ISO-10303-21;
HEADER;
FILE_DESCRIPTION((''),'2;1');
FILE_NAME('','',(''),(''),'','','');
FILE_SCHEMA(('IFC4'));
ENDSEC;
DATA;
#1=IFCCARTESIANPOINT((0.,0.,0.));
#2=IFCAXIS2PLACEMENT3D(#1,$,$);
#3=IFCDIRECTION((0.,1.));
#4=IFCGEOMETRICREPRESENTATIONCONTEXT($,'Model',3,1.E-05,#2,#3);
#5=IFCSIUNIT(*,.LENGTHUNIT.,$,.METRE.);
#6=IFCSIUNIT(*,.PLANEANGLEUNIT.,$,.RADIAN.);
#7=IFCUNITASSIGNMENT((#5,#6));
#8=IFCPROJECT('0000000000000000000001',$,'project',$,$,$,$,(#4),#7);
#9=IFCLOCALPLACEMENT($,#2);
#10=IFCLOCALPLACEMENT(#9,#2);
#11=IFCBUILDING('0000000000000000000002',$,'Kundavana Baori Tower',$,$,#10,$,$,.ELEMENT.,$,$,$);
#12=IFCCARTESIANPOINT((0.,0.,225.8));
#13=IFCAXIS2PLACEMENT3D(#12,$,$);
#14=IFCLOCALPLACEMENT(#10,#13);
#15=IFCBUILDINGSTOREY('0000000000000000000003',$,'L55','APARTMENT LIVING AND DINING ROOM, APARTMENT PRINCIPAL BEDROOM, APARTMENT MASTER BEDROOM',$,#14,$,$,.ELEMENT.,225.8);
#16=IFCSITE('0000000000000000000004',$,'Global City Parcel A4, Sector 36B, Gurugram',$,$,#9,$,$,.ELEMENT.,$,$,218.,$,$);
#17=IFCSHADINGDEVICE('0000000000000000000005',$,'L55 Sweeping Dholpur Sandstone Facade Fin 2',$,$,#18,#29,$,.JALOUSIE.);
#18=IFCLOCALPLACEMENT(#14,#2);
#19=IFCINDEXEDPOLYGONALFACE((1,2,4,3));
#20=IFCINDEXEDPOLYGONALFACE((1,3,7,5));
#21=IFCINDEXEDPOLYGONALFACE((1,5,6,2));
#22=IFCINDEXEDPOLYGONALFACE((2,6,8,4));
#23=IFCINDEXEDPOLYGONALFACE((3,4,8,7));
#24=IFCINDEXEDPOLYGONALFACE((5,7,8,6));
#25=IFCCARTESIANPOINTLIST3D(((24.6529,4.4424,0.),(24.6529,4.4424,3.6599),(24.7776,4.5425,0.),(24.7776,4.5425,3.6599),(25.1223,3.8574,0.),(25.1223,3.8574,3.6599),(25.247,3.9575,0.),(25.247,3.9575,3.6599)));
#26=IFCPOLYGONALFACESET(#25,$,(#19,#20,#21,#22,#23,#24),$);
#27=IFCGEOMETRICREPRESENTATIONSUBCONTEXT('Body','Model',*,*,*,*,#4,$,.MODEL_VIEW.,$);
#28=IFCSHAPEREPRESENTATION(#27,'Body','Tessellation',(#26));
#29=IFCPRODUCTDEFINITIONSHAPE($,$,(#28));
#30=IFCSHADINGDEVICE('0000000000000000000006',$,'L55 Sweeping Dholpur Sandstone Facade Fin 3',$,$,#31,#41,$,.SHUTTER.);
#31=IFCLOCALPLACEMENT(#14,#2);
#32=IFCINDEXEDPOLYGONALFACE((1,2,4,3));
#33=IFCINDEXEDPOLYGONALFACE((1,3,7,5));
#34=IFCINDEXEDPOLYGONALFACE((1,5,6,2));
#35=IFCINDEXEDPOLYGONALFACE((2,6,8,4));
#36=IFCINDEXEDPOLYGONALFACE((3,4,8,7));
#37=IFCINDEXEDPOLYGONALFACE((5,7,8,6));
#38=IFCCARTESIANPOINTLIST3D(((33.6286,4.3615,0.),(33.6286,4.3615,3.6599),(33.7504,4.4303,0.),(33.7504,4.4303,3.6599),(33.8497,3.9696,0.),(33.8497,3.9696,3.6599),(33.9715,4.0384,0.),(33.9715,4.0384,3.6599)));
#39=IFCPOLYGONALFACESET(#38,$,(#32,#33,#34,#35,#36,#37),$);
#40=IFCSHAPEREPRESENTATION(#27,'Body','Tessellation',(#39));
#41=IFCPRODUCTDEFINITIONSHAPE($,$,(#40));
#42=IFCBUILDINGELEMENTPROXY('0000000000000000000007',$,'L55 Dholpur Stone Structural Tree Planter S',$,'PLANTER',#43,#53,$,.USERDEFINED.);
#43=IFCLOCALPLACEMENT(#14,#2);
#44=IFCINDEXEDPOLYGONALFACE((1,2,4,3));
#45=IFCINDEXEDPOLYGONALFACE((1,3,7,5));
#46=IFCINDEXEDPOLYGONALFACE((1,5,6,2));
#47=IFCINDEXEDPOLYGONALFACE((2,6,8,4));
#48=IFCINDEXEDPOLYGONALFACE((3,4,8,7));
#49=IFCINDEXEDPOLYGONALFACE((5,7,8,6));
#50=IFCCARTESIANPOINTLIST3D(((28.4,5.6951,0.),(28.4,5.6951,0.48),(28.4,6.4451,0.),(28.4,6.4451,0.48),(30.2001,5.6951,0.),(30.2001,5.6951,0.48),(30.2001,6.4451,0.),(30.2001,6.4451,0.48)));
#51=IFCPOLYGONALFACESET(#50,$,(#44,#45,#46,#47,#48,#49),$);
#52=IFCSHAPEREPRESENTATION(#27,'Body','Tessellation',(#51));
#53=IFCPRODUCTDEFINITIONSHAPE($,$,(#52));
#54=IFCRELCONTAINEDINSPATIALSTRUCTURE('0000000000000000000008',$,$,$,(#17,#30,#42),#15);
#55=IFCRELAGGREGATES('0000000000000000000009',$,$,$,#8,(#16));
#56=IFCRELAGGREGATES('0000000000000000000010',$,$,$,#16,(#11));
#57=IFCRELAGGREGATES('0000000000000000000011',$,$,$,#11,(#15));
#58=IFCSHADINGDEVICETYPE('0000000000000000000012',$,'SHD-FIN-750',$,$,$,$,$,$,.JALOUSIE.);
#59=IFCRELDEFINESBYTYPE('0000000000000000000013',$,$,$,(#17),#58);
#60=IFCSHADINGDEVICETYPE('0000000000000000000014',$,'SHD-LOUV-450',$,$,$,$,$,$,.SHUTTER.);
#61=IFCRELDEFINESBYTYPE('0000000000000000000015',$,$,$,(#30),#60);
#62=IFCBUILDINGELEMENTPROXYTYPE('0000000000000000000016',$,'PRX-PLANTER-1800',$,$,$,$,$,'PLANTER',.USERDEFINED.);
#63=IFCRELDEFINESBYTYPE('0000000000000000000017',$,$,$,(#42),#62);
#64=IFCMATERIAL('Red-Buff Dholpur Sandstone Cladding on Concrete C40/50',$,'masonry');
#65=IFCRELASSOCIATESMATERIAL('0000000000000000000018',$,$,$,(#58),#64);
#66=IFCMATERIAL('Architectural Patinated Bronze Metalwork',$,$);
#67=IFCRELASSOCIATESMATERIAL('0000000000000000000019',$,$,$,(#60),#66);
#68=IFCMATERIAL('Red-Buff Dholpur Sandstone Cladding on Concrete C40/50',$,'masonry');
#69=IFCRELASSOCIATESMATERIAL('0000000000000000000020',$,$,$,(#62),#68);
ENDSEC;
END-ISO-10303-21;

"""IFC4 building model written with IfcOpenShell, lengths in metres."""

from ifc_helpers import new_model, si_unit, direction, frame, origin, origin_2d, place, context, subcontext, project, spatial, rectangle, extrude, material, type_object, element, save


model = new_model("IFC4")

# Units and contexts
model_context = context("Model", 3, precision=1e-05, world=origin(), true_north=direction((0.0, 1.0)))
body_context = subcontext(model_context, "Body", "Model", "MODEL_VIEW")
ifc_project = project(units=[si_unit("LENGTHUNIT", "METRE"), si_unit("PLANEANGLEUNIT", "RADIAN")], contexts=[model_context])

# Site, building, storey
site_placement = place(None, origin())
site = spatial("IfcSite", under=ifc_project, at=site_placement, Name="Global City Parcel A4, Sector 36B, Gurugram", CompositionType="ELEMENT", RefElevation=218.0)
building_placement = place(site_placement, origin())
building = spatial("IfcBuilding", under=site, at=building_placement, Name="Kundavana Baori Tower", CompositionType="ELEMENT")
storey_placement = place(building_placement, frame((0.0, 0.0, 225.8)))
storey = spatial("IfcBuildingStorey", under=building, at=storey_placement, Name="L55", Description="APARTMENT LIVING AND DINING ROOM, APARTMENT PRINCIPAL BEDROOM, APARTMENT MASTER BEDROOM", CompositionType="ELEMENT", Elevation=225.8)

# Shading devices
ifc_material_1 = material(Name="Red-Buff Dholpur Sandstone Cladding on Concrete C40/50", Category="masonry")
shading_device_type_1 = type_object("IfcShadingDeviceType", Name="SHD-FIN-750", PredefinedType="JALOUSIE", material=ifc_material_1)
shading_device_1_placement = place(storey_placement, frame((24.95, 4.2, 0.0), z_axis=(0.0, 0.0, 1.0), x_axis=(0.779884, 0.625923, 0.0)))
element("IfcShadingDevice", 1, at=shading_device_1_placement, inside=storey, type_object=shading_device_type_1, Name="L55 Sweeping Dholpur Sandstone Facade Fin 2", PredefinedType="JALOUSIE", context=body_context, shape_type="SweptSolid", body=[
    extrude(rectangle(XDim=0.1599, YDim=0.75, at=origin_2d()), origin(), (0.0, 0.0, 1.0), 3.6599),
])
ifc_material_2 = material(Name="Architectural Patinated Bronze Metalwork")
shading_device_type_2 = type_object("IfcShadingDeviceType", Name="SHD-LOUV-450", PredefinedType="SHUTTER", material=ifc_material_2)
shading_device_2_placement = place(storey_placement, frame((33.8, 4.2, 0.0), z_axis=(0.0, 0.0, 1.0), x_axis=(0.870871, 0.491512, 0.0)))
element("IfcShadingDevice", 2, at=shading_device_2_placement, inside=storey, type_object=shading_device_type_2, Name="L55 Sweeping Dholpur Sandstone Facade Fin 3", PredefinedType="SHUTTER", context=body_context, shape_type="SweptSolid", body=[
    extrude(rectangle(XDim=0.1399, YDim=0.45, at=origin_2d()), origin(), (0.0, 0.0, 1.0), 3.6599),
])

# Building element proxy
ifc_material_3 = material(Name="Red-Buff Dholpur Sandstone Cladding on Concrete C40/50", Category="masonry")
building_element_proxy_type = type_object("IfcBuildingElementProxyType", Name="PRX-PLANTER-1800", ElementType="PLANTER", PredefinedType="USERDEFINED", material=ifc_material_3)
proxy_placement = place(storey_placement, frame((29.3, 6.0701, 0.0), z_axis=(0.0, 0.0, 1.0), x_axis=(1.0, 0.0, 0.0)))
element("IfcBuildingElementProxy", 3, at=proxy_placement, inside=storey, type_object=building_element_proxy_type, Name="L55 Dholpur Stone Structural Tree Planter S", ObjectType="PLANTER", PredefinedType="USERDEFINED", context=body_context, shape_type="SweptSolid", body=[
    extrude(rectangle(XDim=1.8, YDim=0.75, at=origin_2d()), origin(), (0.0, 0.0, 1.0), 0.48),
])

save(model, "model.ifc")
